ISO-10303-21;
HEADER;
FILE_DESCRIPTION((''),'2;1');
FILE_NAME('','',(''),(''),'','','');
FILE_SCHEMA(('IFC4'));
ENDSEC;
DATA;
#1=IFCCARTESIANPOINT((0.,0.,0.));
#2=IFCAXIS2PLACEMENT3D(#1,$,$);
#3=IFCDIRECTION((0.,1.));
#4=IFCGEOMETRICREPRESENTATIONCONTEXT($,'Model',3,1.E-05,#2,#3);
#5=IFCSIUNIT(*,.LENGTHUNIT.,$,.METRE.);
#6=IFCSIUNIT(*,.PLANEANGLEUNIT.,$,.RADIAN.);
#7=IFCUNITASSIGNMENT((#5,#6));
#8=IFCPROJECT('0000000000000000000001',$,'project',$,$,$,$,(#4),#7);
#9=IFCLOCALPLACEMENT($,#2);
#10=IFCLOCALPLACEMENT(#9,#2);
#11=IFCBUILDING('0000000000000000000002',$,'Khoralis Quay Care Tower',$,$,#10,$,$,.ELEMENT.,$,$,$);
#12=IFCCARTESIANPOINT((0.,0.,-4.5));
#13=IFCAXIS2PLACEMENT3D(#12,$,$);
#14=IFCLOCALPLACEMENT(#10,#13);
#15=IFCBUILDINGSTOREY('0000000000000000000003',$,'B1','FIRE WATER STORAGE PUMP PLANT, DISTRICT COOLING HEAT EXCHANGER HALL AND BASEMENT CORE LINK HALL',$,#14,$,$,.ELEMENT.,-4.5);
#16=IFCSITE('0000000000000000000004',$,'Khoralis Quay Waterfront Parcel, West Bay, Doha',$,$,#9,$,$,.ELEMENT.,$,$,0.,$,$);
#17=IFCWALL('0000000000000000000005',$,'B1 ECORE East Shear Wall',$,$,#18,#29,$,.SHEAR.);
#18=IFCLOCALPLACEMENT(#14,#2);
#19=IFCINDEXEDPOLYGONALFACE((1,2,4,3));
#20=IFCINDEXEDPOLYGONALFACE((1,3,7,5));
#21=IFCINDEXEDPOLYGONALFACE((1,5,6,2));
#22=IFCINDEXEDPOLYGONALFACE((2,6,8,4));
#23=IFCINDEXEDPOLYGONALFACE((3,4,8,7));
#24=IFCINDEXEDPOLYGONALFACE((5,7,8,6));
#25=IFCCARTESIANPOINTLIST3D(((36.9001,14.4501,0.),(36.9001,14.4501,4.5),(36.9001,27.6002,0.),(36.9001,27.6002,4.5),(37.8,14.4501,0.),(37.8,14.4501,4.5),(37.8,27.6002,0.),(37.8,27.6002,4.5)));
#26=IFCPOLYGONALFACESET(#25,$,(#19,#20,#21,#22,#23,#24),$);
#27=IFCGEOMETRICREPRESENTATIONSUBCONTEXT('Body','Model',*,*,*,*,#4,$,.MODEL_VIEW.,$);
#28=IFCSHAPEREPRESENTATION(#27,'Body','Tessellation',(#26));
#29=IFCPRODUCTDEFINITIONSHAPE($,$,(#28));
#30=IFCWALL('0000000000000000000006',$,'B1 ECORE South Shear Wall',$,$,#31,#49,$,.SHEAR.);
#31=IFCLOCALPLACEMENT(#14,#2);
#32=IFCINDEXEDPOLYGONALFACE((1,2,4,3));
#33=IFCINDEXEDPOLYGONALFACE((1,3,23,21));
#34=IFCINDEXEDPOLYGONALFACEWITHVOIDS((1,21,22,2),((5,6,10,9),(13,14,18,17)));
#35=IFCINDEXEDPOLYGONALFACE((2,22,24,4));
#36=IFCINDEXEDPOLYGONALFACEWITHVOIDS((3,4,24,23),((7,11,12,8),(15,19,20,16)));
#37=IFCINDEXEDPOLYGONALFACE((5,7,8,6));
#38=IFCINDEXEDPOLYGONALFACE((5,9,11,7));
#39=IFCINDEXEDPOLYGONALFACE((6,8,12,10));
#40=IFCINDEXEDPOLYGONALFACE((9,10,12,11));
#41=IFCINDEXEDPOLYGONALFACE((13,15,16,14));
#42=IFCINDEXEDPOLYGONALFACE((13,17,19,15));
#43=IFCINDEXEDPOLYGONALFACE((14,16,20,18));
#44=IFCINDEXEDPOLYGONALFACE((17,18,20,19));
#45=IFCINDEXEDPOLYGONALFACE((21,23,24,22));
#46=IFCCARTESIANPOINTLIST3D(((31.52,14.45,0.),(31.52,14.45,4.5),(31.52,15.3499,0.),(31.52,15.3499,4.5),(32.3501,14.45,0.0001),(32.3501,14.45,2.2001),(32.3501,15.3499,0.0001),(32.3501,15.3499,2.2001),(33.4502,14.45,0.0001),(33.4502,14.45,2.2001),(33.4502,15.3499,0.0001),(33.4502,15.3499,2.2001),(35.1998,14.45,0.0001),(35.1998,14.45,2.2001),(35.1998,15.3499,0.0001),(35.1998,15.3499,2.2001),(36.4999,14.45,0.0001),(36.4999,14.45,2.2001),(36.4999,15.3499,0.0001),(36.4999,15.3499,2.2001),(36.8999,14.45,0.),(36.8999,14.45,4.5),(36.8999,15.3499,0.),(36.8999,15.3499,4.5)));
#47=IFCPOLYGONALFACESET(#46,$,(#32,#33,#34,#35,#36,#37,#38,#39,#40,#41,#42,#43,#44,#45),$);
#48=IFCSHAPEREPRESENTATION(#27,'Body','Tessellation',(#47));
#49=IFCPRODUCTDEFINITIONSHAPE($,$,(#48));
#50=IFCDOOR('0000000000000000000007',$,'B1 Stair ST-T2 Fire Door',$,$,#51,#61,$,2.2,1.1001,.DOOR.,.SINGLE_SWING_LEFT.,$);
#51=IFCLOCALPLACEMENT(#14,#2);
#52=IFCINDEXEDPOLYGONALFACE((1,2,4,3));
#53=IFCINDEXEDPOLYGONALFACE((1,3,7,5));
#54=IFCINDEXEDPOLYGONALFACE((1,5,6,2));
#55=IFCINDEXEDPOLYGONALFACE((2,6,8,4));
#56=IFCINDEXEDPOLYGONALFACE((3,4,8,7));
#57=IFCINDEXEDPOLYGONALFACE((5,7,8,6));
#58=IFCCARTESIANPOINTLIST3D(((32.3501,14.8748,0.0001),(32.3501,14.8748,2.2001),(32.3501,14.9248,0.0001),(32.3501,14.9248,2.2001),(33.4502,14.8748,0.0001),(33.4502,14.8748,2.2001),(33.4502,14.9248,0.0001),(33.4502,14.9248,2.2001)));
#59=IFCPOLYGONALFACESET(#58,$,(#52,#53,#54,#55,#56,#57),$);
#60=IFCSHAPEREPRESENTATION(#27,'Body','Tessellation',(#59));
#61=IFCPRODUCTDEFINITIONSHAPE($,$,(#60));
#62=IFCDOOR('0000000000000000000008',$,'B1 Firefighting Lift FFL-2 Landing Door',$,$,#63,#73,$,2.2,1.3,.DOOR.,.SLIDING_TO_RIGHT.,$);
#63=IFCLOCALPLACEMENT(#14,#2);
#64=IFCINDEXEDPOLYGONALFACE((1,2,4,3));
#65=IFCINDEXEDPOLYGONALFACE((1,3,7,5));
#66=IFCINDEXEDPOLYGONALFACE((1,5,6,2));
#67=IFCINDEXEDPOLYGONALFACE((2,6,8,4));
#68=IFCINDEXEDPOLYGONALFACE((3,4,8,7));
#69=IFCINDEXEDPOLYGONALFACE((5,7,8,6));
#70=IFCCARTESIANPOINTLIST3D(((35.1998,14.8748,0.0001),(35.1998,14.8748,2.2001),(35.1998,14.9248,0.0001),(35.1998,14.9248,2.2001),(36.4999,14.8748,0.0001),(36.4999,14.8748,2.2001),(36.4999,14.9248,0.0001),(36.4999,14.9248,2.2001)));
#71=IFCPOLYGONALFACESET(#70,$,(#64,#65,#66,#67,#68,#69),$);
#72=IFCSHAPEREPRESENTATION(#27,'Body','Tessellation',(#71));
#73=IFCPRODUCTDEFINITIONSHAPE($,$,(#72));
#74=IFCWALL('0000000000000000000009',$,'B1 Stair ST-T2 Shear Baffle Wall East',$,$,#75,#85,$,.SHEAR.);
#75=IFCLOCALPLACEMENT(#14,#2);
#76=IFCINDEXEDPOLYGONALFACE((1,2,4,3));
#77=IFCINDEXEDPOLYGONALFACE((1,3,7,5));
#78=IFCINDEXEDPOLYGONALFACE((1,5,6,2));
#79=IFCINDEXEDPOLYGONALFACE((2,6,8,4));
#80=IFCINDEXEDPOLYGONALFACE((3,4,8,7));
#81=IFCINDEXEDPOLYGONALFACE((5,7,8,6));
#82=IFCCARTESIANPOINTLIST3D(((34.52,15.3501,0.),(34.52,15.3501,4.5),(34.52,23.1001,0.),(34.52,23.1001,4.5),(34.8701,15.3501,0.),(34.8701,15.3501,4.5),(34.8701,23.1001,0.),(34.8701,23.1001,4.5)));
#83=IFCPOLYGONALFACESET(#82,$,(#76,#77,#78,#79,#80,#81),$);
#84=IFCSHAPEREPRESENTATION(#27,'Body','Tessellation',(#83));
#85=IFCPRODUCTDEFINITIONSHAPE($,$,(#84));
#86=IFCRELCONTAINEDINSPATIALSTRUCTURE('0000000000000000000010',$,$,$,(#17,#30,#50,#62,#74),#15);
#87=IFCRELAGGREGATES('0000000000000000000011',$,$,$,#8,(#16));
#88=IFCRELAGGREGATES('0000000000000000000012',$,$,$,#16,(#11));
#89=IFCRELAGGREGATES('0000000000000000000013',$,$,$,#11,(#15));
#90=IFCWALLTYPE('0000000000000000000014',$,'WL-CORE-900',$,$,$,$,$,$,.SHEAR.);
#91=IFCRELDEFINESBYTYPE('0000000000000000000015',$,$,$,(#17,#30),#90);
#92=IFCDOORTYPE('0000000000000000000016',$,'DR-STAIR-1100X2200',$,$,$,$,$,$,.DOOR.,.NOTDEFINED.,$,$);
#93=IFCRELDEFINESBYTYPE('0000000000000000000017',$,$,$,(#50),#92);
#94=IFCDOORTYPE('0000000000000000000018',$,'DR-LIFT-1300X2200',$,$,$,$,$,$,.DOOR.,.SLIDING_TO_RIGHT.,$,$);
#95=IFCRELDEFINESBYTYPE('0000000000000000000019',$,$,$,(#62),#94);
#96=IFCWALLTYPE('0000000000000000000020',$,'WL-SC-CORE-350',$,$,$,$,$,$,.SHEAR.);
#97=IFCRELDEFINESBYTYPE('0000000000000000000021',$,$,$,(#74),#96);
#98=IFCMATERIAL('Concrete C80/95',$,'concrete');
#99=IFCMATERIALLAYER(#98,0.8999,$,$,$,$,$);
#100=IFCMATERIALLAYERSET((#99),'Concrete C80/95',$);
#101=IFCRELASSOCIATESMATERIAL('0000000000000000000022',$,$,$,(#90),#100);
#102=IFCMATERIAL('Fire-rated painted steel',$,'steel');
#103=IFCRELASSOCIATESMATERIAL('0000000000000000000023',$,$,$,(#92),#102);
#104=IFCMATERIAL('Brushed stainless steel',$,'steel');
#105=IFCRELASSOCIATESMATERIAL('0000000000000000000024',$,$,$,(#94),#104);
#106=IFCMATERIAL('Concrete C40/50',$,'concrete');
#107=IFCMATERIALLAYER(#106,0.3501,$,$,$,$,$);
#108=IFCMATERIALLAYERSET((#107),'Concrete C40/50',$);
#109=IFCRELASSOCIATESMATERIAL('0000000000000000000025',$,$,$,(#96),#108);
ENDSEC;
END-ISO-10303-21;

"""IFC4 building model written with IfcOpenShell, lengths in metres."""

from ifc_helpers import new_model, si_unit, direction, frame, frame_2d, origin, place, context, subcontext, project, spatial, rectangle, extrude, source, transform, mapped, material, layer, layer_set, type_object, element, fill, save


model = new_model("IFC4")

# Units and contexts
model_context = context("Model", 3, precision=1e-05, world=origin(), true_north=direction((0.0, 1.0)))
body_context = subcontext(model_context, "Body", "Model", "MODEL_VIEW")
ifc_project = project(units=[si_unit("LENGTHUNIT", "METRE"), si_unit("PLANEANGLEUNIT", "RADIAN")], contexts=[model_context])

# Site, building, storey
site_placement = place(None, origin())
site = spatial("IfcSite", under=ifc_project, at=site_placement, Name="Khoralis Quay Waterfront Parcel, West Bay, Doha", CompositionType="ELEMENT", RefElevation=0.0)
building_placement = place(site_placement, origin())
building = spatial("IfcBuilding", under=site, at=building_placement, Name="Khoralis Quay Care Tower", CompositionType="ELEMENT")
storey_placement = place(building_placement, frame((0.0, 0.0, -4.5)))
storey = spatial("IfcBuildingStorey", under=building, at=storey_placement, Name="B1", Description="FIRE WATER STORAGE PUMP PLANT, DISTRICT COOLING HEAT EXCHANGER HALL AND BASEMENT CORE LINK HALL", CompositionType="ELEMENT", Elevation=-4.5)

# Shared definitions
ifc_material_1 = material(Name="Concrete C80/95", Category="concrete")

# Wall
ifc_layer_1 = layer(ifc_material_1, 0.8999)
ifc_layer_set_1 = layer_set([ifc_layer_1], Name="Concrete C80/95")
wall_type_1 = type_object("IfcWallType", Name="WL-CORE-900", PredefinedType="SHEAR", material=ifc_layer_set_1)
for number, where, z_axis, x_axis, name in (
    (1, (37.3501, 14.45, 0.0), (0.0, 0.0, 1.0), (0.0, 1.0, 0.0), "B1 ECORE East Shear Wall"),
):
    element("IfcWall", number, at=place(storey_placement, frame(where, z_axis=z_axis, x_axis=x_axis)), inside=storey, type_object=wall_type_1, Name=name, PredefinedType="SHEAR", context=body_context, shape_type="SweptSolid", body=[
        extrude(rectangle(XDim=13.1501, YDim=0.8999, at=frame_2d((6.5752, 0.0))), origin(), (0.0, 0.0, 1.0), 4.5),
    ])

# Wall, openings, doors
wall_1_placement = place(storey_placement, frame((31.52, 14.8999, 0.0), z_axis=(0.0, 0.0, 1.0), x_axis=(1.0, 0.0, 0.0)))
wall_1 = element("IfcWall", 2, at=wall_1_placement, inside=storey, type_object=wall_type_1, Name="B1 ECORE South Shear Wall", PredefinedType="SHEAR", context=body_context, shape_type="SweptSolid", body=[
    extrude(rectangle(XDim=5.3799, YDim=0.8999, at=frame_2d((2.6899, 0.0))), origin(), (0.0, 0.0, 1.0), 4.5),
])
opening_1_placement = place(wall_1_placement, frame((0.8301, 0.0, 0.0)))
opening_1 = element("IfcOpeningElement", 3, at=opening_1_placement, cuts=wall_1, PredefinedType="OPENING", context=body_context, shape_type="SweptSolid", body=[
    extrude(rectangle(XDim=1.1001, YDim=2.2, at=frame_2d((0.55, 1.1001))), frame((0.0, 0.46, 0.0), z_axis=(0.0, -1.0, 0.0), x_axis=(1.0, 0.0, 0.0)), (0.0, 0.0, 1.0), 0.9199),
])
opening_2_placement = place(wall_1_placement, frame((3.6799, 0.0, 0.0)))
opening_2 = element("IfcOpeningElement", 4, at=opening_2_placement, cuts=wall_1, PredefinedType="OPENING", context=body_context, shape_type="SweptSolid", body=[
    extrude(rectangle(XDim=1.3, YDim=2.2, at=frame_2d((0.6499, 1.1001))), frame((0.0, 0.46, 0.0), z_axis=(0.0, -1.0, 0.0), x_axis=(1.0, 0.0, 0.0)), (0.0, 0.0, 1.0), 0.9199),
])
ifc_material_2 = material(Name="Fire-rated painted steel", Category="steel")
door_type_1 = type_object("IfcDoorType", Name="DR-STAIR-1100X2200", OperationType="NOTDEFINED", PredefinedType="DOOR", material=ifc_material_2)
shared_shape_1 = source(origin(), body_context, "Body", "SweptSolid", [
    extrude(rectangle(XDim=1.1001, YDim=2.2, at=frame_2d((0.55, 1.1001))), frame((0.0, 0.0249, 0.0), z_axis=(0.0, -1.0, 0.0), x_axis=(1.0, 0.0, 0.0)), (0.0, 0.0, 1.0), 0.05),
])
door_1_placement = place(opening_1_placement, origin())
door_1 = element("IfcDoor", 5, at=door_1_placement, inside=storey, type_object=door_type_1, Name="B1 Stair ST-T2 Fire Door", OperationType="SINGLE_SWING_LEFT", OverallHeight=2.2, OverallWidth=1.1001, PredefinedType="DOOR", context=body_context, shape_type="MappedRepresentation", body=[
    mapped(shared_shape_1, transform((0.0, 0.0, 0.0), scale=1.0)),
])
fill(opening_1, door_1)
ifc_material_3 = material(Name="Brushed stainless steel", Category="steel")
door_type_2 = type_object("IfcDoorType", Name="DR-LIFT-1300X2200", OperationType="SLIDING_TO_RIGHT", PredefinedType="DOOR", material=ifc_material_3)
shared_shape_2 = source(origin(), body_context, "Body", "SweptSolid", [
    extrude(rectangle(XDim=1.3, YDim=2.2, at=frame_2d((0.6499, 1.1001))), frame((0.0, 0.0249, 0.0), z_axis=(0.0, -1.0, 0.0), x_axis=(1.0, 0.0, 0.0)), (0.0, 0.0, 1.0), 0.05),
])
door_2_placement = place(opening_2_placement, origin())
door_2 = element("IfcDoor", 6, at=door_2_placement, inside=storey, type_object=door_type_2, Name="B1 Firefighting Lift FFL-2 Landing Door", OperationType="SLIDING_TO_RIGHT", OverallHeight=2.2, OverallWidth=1.3, PredefinedType="DOOR", context=body_context, shape_type="MappedRepresentation", body=[
    mapped(shared_shape_2, transform((0.0, 0.0, 0.0), scale=1.0)),
])
fill(opening_2, door_2)

# Wall
ifc_material_4 = material(Name="Concrete C40/50", Category="concrete")
ifc_layer_2 = layer(ifc_material_4, 0.3501)
ifc_layer_set_2 = layer_set([ifc_layer_2], Name="Concrete C40/50")
wall_type_2 = type_object("IfcWallType", Name="WL-SC-CORE-350", PredefinedType="SHEAR", material=ifc_layer_set_2)
wall_2_placement = place(storey_placement, frame((34.6951, 15.3501, 0.0), z_axis=(0.0, 0.0, 1.0), x_axis=(0.0, 1.0, 0.0)))
element("IfcWall", 7, at=wall_2_placement, inside=storey, type_object=wall_type_2, Name="B1 Stair ST-T2 Shear Baffle Wall East", PredefinedType="SHEAR", context=body_context, shape_type="SweptSolid", body=[
    extrude(rectangle(XDim=7.75, YDim=0.3501, at=frame_2d((3.875, 0.0))), origin(), (0.0, 0.0, 1.0), 4.5),
])

save(model, "model.ifc")
